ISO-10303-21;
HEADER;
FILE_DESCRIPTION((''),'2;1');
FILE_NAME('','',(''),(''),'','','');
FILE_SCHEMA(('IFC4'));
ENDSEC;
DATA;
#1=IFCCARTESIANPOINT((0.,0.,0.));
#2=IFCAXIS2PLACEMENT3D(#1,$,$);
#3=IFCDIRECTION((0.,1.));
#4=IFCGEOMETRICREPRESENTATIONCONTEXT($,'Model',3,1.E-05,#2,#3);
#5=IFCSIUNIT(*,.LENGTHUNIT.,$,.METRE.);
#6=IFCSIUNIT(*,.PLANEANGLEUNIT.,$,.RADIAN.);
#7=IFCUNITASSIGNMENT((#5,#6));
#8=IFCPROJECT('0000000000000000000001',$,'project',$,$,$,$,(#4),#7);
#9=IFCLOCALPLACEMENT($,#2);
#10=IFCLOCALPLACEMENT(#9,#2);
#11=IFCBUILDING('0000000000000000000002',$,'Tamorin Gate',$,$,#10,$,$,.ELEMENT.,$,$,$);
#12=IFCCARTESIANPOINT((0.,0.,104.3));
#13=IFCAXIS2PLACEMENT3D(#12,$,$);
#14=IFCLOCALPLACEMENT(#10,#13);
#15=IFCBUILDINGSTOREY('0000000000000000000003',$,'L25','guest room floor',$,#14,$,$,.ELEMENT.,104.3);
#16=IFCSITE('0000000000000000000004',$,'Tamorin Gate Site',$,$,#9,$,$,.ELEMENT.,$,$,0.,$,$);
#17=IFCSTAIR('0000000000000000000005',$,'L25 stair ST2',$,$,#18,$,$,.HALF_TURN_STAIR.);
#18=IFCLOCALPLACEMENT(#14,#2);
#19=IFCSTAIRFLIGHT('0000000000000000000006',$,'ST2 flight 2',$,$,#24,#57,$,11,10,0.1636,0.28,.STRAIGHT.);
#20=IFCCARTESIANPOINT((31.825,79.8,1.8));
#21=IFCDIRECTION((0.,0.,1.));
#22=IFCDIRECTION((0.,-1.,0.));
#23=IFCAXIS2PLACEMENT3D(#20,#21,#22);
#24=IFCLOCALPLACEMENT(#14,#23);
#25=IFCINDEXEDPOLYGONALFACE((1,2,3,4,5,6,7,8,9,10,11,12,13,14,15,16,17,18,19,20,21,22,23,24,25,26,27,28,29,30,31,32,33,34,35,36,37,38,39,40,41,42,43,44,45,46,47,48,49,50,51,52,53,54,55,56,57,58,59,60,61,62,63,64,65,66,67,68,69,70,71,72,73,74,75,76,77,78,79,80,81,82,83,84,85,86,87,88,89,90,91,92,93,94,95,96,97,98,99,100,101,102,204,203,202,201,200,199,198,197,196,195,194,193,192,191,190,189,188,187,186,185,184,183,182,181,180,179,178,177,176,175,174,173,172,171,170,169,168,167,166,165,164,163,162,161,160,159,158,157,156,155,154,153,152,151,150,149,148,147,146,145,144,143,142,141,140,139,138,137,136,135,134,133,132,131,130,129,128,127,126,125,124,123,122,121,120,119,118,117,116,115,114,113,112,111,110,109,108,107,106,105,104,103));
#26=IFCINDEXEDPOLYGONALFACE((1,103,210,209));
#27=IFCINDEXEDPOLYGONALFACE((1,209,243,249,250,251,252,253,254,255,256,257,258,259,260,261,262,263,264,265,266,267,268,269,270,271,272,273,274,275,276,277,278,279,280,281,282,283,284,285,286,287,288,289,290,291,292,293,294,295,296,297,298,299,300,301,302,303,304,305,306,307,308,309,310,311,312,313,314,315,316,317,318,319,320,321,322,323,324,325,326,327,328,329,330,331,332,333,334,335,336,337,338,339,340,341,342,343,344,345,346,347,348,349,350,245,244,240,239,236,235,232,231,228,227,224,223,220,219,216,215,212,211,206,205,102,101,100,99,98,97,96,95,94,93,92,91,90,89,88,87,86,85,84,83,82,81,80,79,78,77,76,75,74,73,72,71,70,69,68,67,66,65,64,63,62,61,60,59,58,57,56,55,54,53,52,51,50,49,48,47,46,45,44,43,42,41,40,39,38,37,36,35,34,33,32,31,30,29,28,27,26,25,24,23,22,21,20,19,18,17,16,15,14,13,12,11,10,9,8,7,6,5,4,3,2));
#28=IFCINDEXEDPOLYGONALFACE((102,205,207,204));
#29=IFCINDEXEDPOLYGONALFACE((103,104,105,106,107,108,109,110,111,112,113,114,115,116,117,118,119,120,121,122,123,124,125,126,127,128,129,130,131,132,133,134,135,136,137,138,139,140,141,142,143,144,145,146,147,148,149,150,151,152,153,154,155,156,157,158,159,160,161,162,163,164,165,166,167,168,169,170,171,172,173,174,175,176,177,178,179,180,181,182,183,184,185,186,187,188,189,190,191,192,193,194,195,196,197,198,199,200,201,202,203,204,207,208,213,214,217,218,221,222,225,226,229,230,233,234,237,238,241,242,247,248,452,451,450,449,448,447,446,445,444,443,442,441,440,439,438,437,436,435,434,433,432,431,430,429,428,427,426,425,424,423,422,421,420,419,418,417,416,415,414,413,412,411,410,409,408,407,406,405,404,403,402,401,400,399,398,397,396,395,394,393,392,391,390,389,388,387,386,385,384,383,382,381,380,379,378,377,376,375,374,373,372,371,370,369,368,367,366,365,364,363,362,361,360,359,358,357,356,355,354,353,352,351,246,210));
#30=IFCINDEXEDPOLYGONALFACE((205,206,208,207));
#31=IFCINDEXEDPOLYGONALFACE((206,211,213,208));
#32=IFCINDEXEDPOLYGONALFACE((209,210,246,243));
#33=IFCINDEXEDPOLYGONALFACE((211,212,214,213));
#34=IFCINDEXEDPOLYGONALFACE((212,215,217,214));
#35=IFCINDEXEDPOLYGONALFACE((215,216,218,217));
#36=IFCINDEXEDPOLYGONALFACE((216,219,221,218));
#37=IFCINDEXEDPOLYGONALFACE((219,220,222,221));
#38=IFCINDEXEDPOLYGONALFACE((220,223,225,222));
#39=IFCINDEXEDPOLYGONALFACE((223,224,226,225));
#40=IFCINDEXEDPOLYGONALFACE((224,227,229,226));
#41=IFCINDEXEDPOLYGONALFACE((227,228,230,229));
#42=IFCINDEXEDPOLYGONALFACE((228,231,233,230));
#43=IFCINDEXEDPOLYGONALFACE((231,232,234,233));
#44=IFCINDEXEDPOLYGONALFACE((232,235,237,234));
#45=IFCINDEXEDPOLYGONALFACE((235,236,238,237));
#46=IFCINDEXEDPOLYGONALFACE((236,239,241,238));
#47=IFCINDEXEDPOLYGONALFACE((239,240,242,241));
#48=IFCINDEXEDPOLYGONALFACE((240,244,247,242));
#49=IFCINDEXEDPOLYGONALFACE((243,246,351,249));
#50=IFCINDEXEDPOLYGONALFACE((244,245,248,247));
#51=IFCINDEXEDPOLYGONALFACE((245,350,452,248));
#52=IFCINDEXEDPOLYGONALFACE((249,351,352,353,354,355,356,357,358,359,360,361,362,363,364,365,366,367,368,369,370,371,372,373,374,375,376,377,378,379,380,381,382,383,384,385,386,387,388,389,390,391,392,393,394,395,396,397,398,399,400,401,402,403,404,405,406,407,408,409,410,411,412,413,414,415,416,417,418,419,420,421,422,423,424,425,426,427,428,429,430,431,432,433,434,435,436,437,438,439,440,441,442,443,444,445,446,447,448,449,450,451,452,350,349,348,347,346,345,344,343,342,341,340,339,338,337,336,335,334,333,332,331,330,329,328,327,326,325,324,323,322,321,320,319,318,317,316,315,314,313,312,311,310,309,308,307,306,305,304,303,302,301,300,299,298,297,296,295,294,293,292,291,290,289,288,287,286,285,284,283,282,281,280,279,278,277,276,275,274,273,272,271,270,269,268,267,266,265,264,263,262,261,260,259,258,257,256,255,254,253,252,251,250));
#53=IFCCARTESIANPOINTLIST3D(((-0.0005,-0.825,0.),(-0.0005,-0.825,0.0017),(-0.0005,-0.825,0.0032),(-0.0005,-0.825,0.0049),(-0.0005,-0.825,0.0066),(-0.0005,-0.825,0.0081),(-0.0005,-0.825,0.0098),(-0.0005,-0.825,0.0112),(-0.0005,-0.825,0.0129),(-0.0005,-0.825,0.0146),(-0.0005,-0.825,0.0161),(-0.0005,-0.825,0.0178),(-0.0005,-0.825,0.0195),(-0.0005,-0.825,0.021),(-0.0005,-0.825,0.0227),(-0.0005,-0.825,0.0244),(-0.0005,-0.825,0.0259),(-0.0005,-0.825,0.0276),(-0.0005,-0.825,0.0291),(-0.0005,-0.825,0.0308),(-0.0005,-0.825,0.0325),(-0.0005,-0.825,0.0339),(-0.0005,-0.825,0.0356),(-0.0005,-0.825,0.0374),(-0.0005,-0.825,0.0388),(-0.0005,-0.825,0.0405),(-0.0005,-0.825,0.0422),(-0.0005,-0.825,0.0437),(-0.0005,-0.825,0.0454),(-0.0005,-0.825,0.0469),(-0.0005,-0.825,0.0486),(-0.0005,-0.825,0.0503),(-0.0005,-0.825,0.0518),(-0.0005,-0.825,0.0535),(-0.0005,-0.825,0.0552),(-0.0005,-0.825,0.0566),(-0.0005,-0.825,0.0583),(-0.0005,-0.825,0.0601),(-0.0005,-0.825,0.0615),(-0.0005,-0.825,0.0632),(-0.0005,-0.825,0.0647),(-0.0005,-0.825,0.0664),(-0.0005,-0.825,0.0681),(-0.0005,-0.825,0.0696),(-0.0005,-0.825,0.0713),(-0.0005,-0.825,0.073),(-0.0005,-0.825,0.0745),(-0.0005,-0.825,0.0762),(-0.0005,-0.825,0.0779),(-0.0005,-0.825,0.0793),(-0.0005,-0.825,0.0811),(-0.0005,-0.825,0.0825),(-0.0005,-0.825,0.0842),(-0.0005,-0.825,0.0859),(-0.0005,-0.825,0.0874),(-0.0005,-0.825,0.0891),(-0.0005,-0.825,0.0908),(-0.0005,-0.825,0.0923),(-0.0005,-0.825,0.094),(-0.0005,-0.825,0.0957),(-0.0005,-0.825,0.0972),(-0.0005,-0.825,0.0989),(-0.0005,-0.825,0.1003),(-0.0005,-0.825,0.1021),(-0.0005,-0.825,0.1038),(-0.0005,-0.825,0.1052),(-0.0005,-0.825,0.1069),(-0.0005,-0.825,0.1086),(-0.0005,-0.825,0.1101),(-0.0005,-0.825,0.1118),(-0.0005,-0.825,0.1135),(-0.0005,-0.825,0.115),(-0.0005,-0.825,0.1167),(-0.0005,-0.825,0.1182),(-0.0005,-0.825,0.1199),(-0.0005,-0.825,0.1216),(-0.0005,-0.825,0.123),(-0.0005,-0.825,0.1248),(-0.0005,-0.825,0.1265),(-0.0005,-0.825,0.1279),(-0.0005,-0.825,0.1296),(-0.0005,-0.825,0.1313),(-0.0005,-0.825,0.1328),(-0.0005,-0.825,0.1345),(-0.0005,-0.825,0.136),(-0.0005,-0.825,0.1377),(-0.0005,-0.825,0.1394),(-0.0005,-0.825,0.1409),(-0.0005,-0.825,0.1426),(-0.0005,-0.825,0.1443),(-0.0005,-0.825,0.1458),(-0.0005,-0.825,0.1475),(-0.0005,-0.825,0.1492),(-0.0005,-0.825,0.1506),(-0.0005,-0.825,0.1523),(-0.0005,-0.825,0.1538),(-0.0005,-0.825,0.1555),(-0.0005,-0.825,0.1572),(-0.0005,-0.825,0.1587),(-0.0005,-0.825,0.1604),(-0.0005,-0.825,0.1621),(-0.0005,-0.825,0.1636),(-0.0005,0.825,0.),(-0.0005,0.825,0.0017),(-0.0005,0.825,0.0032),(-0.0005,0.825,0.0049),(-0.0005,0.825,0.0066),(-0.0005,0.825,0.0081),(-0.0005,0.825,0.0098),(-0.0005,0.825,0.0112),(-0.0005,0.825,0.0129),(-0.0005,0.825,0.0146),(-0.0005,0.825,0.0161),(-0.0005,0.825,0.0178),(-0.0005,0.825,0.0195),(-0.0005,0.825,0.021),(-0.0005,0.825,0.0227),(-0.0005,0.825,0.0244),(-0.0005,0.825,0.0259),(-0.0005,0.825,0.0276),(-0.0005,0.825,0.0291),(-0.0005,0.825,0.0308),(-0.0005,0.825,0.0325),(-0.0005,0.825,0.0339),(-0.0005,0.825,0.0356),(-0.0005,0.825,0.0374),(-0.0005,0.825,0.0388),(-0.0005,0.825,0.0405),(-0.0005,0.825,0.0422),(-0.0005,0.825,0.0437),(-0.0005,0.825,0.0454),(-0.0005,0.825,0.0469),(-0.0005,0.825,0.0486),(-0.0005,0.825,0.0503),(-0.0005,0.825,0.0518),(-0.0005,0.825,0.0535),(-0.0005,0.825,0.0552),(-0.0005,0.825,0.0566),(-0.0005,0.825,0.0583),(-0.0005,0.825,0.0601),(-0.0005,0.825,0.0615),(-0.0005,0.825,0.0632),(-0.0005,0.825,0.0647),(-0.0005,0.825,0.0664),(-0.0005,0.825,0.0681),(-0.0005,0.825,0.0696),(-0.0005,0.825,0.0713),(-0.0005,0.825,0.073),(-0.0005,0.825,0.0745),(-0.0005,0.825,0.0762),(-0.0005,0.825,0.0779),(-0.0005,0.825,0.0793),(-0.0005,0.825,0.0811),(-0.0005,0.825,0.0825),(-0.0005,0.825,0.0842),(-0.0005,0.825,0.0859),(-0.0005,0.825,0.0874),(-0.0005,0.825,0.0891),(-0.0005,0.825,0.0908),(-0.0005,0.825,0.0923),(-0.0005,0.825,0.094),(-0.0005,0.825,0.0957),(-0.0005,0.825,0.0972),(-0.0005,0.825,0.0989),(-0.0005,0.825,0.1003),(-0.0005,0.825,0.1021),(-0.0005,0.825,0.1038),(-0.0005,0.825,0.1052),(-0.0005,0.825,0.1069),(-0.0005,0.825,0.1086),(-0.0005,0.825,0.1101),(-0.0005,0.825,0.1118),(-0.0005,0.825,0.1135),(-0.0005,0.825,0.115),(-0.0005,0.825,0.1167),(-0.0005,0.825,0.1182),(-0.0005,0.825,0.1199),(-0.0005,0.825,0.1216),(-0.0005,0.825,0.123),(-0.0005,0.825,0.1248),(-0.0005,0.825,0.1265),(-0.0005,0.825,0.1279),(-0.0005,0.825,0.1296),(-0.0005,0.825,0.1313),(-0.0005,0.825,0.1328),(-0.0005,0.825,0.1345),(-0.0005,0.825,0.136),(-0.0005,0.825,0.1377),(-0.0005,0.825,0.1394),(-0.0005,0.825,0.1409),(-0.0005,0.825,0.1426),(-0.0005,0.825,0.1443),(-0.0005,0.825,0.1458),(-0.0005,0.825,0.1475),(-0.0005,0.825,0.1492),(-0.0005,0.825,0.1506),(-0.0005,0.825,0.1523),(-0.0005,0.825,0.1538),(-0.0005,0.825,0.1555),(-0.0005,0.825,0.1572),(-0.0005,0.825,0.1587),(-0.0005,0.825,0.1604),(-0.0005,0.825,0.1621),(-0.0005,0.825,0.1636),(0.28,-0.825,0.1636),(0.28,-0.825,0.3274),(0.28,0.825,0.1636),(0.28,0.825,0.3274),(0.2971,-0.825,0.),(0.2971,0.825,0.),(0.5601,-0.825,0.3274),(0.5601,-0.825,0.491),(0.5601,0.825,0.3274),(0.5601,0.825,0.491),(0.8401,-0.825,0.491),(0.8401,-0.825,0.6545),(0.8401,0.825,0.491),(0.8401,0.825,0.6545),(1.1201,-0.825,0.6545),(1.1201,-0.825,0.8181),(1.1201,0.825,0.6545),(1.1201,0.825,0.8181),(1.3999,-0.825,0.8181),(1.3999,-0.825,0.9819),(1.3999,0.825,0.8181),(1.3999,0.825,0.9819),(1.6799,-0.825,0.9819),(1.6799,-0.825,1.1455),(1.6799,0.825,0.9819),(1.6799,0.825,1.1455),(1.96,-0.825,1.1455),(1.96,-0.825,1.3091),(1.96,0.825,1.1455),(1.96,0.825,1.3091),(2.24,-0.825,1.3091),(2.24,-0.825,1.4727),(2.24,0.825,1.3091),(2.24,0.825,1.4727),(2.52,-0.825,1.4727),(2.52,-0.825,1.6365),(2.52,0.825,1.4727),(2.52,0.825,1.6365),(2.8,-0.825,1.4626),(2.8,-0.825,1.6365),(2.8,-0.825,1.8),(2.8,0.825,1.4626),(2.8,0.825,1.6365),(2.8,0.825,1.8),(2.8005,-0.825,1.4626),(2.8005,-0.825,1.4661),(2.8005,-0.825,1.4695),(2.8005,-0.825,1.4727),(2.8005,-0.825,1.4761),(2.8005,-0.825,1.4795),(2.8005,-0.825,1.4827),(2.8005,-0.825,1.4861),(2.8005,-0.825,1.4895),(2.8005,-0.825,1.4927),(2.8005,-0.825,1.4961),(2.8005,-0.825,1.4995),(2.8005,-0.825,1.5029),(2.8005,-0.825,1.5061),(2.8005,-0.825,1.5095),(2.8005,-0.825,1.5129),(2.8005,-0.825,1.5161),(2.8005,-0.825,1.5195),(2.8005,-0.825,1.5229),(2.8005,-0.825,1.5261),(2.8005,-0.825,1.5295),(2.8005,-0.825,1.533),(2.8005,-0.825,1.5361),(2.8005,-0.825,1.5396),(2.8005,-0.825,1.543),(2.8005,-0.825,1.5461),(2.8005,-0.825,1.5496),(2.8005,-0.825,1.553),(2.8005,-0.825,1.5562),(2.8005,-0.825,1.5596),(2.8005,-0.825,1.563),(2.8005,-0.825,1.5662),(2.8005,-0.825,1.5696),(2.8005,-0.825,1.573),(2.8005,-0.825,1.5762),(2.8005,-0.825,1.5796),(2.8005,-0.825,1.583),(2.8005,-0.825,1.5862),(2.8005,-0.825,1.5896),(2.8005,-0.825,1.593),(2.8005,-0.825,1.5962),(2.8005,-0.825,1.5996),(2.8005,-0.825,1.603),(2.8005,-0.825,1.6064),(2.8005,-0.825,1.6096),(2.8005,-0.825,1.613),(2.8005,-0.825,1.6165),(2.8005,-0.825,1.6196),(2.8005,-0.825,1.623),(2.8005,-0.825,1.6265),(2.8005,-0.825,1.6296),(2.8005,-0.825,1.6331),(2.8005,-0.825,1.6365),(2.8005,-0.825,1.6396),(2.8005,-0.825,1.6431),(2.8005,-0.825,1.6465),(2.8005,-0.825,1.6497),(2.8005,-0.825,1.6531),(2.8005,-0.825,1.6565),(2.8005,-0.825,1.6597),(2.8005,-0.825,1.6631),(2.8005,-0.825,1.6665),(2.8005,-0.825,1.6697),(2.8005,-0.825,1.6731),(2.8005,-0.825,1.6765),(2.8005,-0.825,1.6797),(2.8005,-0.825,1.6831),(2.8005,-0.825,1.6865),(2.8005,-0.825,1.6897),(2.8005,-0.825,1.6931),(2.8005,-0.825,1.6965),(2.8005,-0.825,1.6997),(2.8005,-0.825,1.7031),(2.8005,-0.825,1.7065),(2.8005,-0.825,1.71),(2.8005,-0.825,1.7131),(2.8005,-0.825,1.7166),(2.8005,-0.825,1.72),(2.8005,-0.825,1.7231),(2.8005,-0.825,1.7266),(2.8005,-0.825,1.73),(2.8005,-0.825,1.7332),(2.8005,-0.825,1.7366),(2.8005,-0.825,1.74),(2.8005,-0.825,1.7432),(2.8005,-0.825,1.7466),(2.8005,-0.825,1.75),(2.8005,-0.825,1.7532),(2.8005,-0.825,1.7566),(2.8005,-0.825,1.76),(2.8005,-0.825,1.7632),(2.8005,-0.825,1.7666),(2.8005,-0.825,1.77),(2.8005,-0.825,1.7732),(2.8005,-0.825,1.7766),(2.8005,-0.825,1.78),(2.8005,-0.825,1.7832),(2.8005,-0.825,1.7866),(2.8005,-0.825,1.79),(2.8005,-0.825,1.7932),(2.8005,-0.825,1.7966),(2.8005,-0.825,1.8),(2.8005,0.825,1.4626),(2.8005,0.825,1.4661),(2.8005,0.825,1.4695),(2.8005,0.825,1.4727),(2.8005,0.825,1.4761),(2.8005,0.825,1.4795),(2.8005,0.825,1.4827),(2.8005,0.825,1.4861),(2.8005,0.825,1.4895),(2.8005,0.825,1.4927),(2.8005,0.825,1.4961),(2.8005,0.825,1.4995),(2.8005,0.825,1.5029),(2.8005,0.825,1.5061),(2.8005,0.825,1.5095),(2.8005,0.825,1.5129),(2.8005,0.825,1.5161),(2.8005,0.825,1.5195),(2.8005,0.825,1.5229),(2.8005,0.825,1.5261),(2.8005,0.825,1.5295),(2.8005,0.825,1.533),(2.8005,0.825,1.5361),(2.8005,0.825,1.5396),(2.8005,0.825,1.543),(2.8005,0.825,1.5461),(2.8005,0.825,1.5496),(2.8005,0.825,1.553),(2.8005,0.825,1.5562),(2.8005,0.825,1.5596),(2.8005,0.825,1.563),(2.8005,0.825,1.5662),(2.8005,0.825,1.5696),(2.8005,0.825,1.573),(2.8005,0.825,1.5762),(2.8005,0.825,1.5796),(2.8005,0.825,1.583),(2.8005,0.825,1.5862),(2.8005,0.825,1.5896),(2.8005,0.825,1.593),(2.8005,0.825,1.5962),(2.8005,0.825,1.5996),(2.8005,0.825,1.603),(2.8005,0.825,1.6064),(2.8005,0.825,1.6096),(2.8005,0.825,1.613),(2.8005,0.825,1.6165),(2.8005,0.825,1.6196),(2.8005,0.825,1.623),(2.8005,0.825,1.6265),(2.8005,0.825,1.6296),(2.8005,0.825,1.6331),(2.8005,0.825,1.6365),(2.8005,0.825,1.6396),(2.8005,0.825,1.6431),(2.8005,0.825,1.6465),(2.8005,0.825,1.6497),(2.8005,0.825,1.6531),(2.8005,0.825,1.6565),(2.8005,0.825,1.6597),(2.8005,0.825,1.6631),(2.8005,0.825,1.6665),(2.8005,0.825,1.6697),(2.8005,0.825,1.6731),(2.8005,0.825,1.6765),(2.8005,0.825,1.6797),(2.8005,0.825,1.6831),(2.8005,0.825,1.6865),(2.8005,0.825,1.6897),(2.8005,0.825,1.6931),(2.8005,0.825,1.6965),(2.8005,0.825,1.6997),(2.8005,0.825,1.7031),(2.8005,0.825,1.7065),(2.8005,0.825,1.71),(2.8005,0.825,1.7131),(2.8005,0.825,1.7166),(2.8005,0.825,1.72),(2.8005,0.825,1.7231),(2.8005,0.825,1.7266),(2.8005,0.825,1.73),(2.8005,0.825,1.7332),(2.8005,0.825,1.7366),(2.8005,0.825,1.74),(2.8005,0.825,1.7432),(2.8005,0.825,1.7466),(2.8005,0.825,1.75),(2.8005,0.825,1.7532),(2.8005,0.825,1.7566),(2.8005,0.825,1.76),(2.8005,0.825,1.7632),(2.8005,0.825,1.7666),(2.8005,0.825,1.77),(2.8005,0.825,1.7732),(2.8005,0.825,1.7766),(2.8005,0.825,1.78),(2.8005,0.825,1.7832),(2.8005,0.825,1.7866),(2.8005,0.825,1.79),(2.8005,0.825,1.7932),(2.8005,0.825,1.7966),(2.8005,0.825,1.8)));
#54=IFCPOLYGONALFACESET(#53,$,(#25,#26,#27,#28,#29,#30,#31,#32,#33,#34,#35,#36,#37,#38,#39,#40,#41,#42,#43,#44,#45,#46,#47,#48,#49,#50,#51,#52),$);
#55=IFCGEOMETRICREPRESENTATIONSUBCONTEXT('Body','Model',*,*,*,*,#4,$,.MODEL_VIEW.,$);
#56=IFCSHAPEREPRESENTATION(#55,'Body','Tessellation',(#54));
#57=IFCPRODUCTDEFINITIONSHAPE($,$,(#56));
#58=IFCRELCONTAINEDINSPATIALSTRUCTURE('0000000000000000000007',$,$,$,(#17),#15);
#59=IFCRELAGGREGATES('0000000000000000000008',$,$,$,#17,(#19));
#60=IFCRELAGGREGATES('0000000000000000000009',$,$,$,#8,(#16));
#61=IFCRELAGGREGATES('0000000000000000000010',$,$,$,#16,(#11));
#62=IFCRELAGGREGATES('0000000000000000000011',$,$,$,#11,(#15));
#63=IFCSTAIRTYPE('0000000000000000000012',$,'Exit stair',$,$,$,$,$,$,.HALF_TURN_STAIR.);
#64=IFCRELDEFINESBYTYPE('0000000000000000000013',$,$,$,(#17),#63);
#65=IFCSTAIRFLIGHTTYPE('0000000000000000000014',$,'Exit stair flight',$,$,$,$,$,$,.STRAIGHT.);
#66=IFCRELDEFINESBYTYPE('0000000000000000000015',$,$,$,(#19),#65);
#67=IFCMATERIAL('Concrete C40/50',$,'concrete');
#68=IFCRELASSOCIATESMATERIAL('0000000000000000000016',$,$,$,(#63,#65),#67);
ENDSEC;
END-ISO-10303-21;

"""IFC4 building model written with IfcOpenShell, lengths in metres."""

from ifc_helpers import new_model, si_unit, direction, frame, origin, place, context, subcontext, project, spatial, polyline, outline, extrude, material, type_object, element, aggregate, save


model = new_model("IFC4")

# Units and contexts
model_context = context("Model", 3, precision=1e-05, world=origin(), true_north=direction((0.0, 1.0)))
body_context = subcontext(model_context, "Body", "Model", "MODEL_VIEW")
ifc_project = project(units=[si_unit("LENGTHUNIT", "METRE"), si_unit("PLANEANGLEUNIT", "RADIAN")], contexts=[model_context])

# Site, building, storey
site_placement = place(None, origin())
site = spatial("IfcSite", under=ifc_project, at=site_placement, Name="Tamorin Gate Site", CompositionType="ELEMENT", RefElevation=0.0)
building_placement = place(site_placement, origin())
building = spatial("IfcBuilding", under=site, at=building_placement, Name="Tamorin Gate", CompositionType="ELEMENT")
storey_placement = place(building_placement, frame((0.0, 0.0, 104.3)))
storey = spatial("IfcBuildingStorey", under=building, at=storey_placement, Name="L25", Description="guest room floor", CompositionType="ELEMENT", Elevation=104.3)

# Shared definitions
ifc_material_1 = material(Name="Concrete C40/50", Category="concrete")

# Stair, stair flight
stair_type = type_object("IfcStairType", Name="Exit stair", PredefinedType="HALF_TURN_STAIR", material=ifc_material_1)
stair_placement = place(storey_placement, origin())
stair = element("IfcStair", 1, at=stair_placement, inside=storey, type_object=stair_type, Name="L25 stair ST2", PredefinedType="HALF_TURN_STAIR")
stair_flight_type = type_object("IfcStairFlightType", Name="Exit stair flight", PredefinedType="STRAIGHT", material=ifc_material_1)
stair_flight_1_placement = place(storey_placement, frame((31.825, 79.8, 1.8), z_axis=(0.0, 0.0, 1.0), x_axis=(0.0, -1.0, 0.0)))
stair_flight_1 = element("IfcStairFlight", 2, at=stair_flight_1_placement, type_object=stair_flight_type, Name="ST2 flight 2", NumberOfRisers=11, NumberOfTreads=10, PredefinedType="STRAIGHT", RiserHeight=0.1636, TreadLength=0.28, context=body_context, shape_type="SweptSolid", body=[
    extrude(outline(polyline([(-0.0005, 0.0), (-0.0005, 0.0017), (-0.0005, 0.0032), (-0.0005, 0.0049), (-0.0005, 0.0066), (-0.0005, 0.0081), (-0.0005, 0.0098), (-0.0005, 0.0112), (-0.0005, 0.0129), (-0.0005, 0.0146), (-0.0005, 0.0161), (-0.0005, 0.0178), (-0.0005, 0.0195), (-0.0005, 0.021), (-0.0005, 0.0227), (-0.0005, 0.0244), (-0.0005, 0.0259), (-0.0005, 0.0276), (-0.0005, 0.0291), (-0.0005, 0.0308), (-0.0005, 0.0325), (-0.0005, 0.0339), (-0.0005, 0.0356), (-0.0005, 0.0374), (-0.0005, 0.0388), (-0.0005, 0.0405), (-0.0005, 0.0422), (-0.0005, 0.0437), (-0.0005, 0.0454), (-0.0005, 0.0469), (-0.0005, 0.0486), (-0.0005, 0.0503), (-0.0005, 0.0518), (-0.0005, 0.0535), (-0.0005, 0.0552), (-0.0005, 0.0566), (-0.0005, 0.0583), (-0.0005, 0.0601), (-0.0005, 0.0615), (-0.0005, 0.0632), (-0.0005, 0.0647), (-0.0005, 0.0664), (-0.0005, 0.0681), (-0.0005, 0.0696), (-0.0005, 0.0713), (-0.0005, 0.073), (-0.0005, 0.0745), (-0.0005, 0.0762), (-0.0005, 0.0779), (-0.0005, 0.0793), (-0.0005, 0.0811), (-0.0005, 0.0825), (-0.0005, 0.0842), (-0.0005, 0.0859), (-0.0005, 0.0874), (-0.0005, 0.0891), (-0.0005, 0.0908), (-0.0005, 0.0923), (-0.0005, 0.094), (-0.0005, 0.0957), (-0.0005, 0.0972), (-0.0005, 0.0989), (-0.0005, 0.1003), (-0.0005, 0.1021), (-0.0005, 0.1038), (-0.0005, 0.1052), (-0.0005, 0.1069), (-0.0005, 0.1086), (-0.0005, 0.1101), (-0.0005, 0.1118), (-0.0005, 0.1135), (-0.0005, 0.115), (-0.0005, 0.1167), (-0.0005, 0.1182), (-0.0005, 0.1199), (-0.0005, 0.1216), (-0.0005, 0.123), (-0.0005, 0.1248), (-0.0005, 0.1265), (-0.0005, 0.1279), (-0.0005, 0.1296), (-0.0005, 0.1313), (-0.0005, 0.1328), (-0.0005, 0.1345), (-0.0005, 0.136), (-0.0005, 0.1377), (-0.0005, 0.1394), (-0.0005, 0.1409), (-0.0005, 0.1426), (-0.0005, 0.1443), (-0.0005, 0.1458), (-0.0005, 0.1475), (-0.0005, 0.1492), (-0.0005, 0.1506), (-0.0005, 0.1523), (-0.0005, 0.1538), (-0.0005, 0.1555), (-0.0005, 0.1572), (-0.0005, 0.1587), (-0.0005, 0.1604), (-0.0005, 0.1621), (-0.0005, 0.1636), (0.28, 0.1636), (0.28, 0.3274), (0.5601, 0.3274), (0.5601, 0.491), (0.8401, 0.491), (0.8401, 0.6545), (1.1201, 0.6545), (1.1201, 0.8181), (1.3999, 0.8181), (1.3999, 0.9819), (1.6799, 0.9819), (1.6799, 1.1455), (1.96, 1.1455), (1.96, 1.3091), (2.24, 1.3091), (2.24, 1.4727), (2.52, 1.4727), (2.52, 1.6365), (2.8, 1.6365), (2.8, 1.8), (2.8005, 1.8), (2.8005, 1.7966), (2.8005, 1.7932), (2.8005, 1.79), (2.8005, 1.7866), (2.8005, 1.7832), (2.8005, 1.78), (2.8005, 1.7766), (2.8005, 1.7732), (2.8005, 1.77), (2.8005, 1.7666), (2.8005, 1.7632), (2.8005, 1.76), (2.8005, 1.7566), (2.8005, 1.7532), (2.8005, 1.75), (2.8005, 1.7466), (2.8005, 1.7432), (2.8005, 1.74), (2.8005, 1.7366), (2.8005, 1.7332), (2.8005, 1.73), (2.8005, 1.7266), (2.8005, 1.7231), (2.8005, 1.72), (2.8005, 1.7166), (2.8005, 1.7131), (2.8005, 1.71), (2.8005, 1.7065), (2.8005, 1.7031), (2.8005, 1.6997), (2.8005, 1.6965), (2.8005, 1.6931), (2.8005, 1.6897), (2.8005, 1.6865), (2.8005, 1.6831), (2.8005, 1.6797), (2.8005, 1.6765), (2.8005, 1.6731), (2.8005, 1.6697), (2.8005, 1.6665), (2.8005, 1.6631), (2.8005, 1.6597), (2.8005, 1.6565), (2.8005, 1.6531), (2.8005, 1.6497), (2.8005, 1.6465), (2.8005, 1.6431), (2.8005, 1.6396), (2.8005, 1.6365), (2.8005, 1.6331), (2.8005, 1.6296), (2.8005, 1.6265), (2.8005, 1.623), (2.8005, 1.6196), (2.8005, 1.6165), (2.8005, 1.613), (2.8005, 1.6096), (2.8005, 1.6064), (2.8005, 1.603), (2.8005, 1.5996), (2.8005, 1.5962), (2.8005, 1.593), (2.8005, 1.5896), (2.8005, 1.5862), (2.8005, 1.583), (2.8005, 1.5796), (2.8005, 1.5762), (2.8005, 1.573), (2.8005, 1.5696), (2.8005, 1.5662), (2.8005, 1.563), (2.8005, 1.5596), (2.8005, 1.5562), (2.8005, 1.553), (2.8005, 1.5496), (2.8005, 1.5461), (2.8005, 1.543), (2.8005, 1.5396), (2.8005, 1.5361), (2.8005, 1.533), (2.8005, 1.5295), (2.8005, 1.5261), (2.8005, 1.5229), (2.8005, 1.5195), (2.8005, 1.5161), (2.8005, 1.5129), (2.8005, 1.5095), (2.8005, 1.5061), (2.8005, 1.5029), (2.8005, 1.4995), (2.8005, 1.4961), (2.8005, 1.4927), (2.8005, 1.4895), (2.8005, 1.4861), (2.8005, 1.4827), (2.8005, 1.4795), (2.8005, 1.4761), (2.8005, 1.4727), (2.8005, 1.4695), (2.8005, 1.4661), (2.8005, 1.4626), (2.8, 1.4626), (0.2971, 0.0), (-0.0005, 0.0)])), frame((0.0, 0.825, 0.0), z_axis=(0.0, -1.0, 0.0), x_axis=(1.0, 0.0, 0.0)), (0.0, 0.0, 1.0), 1.6499),
])
aggregate(stair, [stair_flight_1])

save(model, "model.ifc")
